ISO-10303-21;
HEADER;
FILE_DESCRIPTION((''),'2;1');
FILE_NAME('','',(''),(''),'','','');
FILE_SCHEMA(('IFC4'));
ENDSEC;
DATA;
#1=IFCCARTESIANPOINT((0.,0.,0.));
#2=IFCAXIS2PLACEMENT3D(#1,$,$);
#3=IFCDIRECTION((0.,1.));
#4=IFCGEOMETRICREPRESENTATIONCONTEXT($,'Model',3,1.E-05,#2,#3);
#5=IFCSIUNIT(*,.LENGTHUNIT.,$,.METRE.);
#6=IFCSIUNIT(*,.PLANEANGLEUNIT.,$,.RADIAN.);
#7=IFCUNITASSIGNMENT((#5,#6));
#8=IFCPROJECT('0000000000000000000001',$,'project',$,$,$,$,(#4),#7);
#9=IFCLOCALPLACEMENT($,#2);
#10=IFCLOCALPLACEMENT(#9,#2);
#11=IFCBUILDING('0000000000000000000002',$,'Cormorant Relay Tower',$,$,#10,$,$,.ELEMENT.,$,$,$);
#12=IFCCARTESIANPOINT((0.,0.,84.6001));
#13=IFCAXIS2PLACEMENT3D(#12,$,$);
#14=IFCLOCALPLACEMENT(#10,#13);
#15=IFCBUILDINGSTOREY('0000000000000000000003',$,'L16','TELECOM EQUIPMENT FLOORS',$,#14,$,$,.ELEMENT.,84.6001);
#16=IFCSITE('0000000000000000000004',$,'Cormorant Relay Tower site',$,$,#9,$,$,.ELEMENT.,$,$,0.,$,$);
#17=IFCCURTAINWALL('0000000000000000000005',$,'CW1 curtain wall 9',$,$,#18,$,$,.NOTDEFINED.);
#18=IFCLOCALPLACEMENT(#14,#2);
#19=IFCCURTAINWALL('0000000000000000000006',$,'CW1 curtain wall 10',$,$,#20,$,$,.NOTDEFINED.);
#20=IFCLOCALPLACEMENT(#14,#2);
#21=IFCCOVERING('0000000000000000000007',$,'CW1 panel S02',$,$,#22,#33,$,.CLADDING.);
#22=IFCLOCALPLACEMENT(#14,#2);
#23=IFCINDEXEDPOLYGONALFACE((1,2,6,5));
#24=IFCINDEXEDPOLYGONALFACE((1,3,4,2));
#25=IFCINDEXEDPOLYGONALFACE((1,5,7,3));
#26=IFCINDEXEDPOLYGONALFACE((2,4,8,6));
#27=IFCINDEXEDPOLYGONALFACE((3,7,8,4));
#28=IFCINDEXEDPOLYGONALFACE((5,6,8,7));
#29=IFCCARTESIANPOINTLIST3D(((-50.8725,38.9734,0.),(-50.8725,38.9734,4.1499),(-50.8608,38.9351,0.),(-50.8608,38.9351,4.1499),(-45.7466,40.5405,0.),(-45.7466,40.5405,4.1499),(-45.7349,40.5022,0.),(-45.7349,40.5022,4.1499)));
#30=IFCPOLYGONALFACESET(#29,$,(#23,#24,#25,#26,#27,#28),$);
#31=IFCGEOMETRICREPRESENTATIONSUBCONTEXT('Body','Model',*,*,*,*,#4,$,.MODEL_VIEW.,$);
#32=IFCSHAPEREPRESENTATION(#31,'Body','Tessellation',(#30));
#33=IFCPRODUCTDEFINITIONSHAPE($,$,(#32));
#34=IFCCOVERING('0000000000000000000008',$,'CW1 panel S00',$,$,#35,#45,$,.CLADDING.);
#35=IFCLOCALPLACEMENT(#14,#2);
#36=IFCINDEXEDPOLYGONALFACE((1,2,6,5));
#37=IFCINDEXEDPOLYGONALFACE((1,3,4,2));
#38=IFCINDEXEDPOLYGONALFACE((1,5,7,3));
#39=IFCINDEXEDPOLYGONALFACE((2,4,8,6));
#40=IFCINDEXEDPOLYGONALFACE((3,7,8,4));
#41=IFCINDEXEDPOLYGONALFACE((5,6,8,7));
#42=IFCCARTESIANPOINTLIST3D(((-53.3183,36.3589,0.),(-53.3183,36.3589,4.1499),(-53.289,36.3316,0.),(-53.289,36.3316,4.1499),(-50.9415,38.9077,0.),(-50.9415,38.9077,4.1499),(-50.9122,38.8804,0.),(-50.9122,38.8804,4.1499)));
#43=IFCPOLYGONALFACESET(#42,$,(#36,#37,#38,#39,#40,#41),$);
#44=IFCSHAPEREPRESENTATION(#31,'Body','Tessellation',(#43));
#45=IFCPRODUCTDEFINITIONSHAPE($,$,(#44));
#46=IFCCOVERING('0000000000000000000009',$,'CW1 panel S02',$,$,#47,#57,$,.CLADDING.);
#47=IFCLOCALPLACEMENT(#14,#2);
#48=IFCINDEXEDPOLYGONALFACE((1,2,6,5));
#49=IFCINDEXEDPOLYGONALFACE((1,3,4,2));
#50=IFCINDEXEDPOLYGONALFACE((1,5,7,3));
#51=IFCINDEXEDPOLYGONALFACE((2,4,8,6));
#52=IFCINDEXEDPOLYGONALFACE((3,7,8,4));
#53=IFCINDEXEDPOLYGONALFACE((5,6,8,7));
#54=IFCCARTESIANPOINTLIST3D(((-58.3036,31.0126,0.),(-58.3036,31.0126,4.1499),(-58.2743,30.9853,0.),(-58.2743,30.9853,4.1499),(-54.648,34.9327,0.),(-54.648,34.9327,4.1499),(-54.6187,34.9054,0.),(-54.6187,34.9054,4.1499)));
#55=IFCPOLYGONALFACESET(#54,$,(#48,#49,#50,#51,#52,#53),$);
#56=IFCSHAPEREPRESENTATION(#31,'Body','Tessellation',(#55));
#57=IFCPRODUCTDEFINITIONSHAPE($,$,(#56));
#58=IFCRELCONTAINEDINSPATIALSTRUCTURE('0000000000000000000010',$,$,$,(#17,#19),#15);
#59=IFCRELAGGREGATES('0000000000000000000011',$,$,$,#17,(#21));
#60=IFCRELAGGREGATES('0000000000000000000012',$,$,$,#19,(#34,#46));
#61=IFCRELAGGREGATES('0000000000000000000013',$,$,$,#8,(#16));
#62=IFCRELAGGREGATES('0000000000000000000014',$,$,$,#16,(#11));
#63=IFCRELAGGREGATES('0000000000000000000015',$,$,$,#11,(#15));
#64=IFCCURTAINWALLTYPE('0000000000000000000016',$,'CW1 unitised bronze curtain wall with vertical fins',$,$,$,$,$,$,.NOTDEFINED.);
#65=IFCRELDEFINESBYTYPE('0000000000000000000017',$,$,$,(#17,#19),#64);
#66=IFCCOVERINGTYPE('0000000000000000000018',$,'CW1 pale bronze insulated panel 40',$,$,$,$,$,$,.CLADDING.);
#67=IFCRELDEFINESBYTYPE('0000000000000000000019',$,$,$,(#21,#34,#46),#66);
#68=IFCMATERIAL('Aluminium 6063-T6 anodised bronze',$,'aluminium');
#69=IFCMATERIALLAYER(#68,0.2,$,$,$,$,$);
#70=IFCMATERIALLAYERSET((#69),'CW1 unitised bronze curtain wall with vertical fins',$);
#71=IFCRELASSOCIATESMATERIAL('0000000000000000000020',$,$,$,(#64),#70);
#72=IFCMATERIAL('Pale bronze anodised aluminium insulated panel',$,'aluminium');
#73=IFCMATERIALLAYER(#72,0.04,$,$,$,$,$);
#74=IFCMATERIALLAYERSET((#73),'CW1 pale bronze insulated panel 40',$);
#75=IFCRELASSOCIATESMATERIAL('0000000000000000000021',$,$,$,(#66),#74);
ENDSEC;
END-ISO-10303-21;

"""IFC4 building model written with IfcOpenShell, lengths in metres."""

from ifc_helpers import new_model, si_unit, direction, frame, origin, origin_2d, place, context, subcontext, project, spatial, rectangle, extrude, material, layer, layer_set, type_object, element, aggregate, save


model = new_model("IFC4")

# Units and contexts
model_context = context("Model", 3, precision=1e-05, world=origin(), true_north=direction((0.0, 1.0)))
body_context = subcontext(model_context, "Body", "Model", "MODEL_VIEW")
ifc_project = project(units=[si_unit("LENGTHUNIT", "METRE"), si_unit("PLANEANGLEUNIT", "RADIAN")], contexts=[model_context])

# Site, building, storey
site_placement = place(None, origin())
site = spatial("IfcSite", under=ifc_project, at=site_placement, Name="Cormorant Relay Tower site", CompositionType="ELEMENT", RefElevation=0.0)
building_placement = place(site_placement, origin())
building = spatial("IfcBuilding", under=site, at=building_placement, Name="Cormorant Relay Tower", CompositionType="ELEMENT")
storey_placement = place(building_placement, frame((0.0, 0.0, 84.6001)))
storey = spatial("IfcBuildingStorey", under=building, at=storey_placement, Name="L16", Description="TELECOM EQUIPMENT FLOORS", CompositionType="ELEMENT", Elevation=84.6001)

# Curtain walls
ifc_material_1 = material(Name="Aluminium 6063-T6 anodised bronze", Category="aluminium")
ifc_layer_1 = layer(ifc_material_1, 0.2)
ifc_layer_set_1 = layer_set([ifc_layer_1], Name="CW1 unitised bronze curtain wall with vertical fins")
curtain_wall_type = type_object("IfcCurtainWallType", Name="CW1 unitised bronze curtain wall with vertical fins", PredefinedType="NOTDEFINED", material=ifc_layer_set_1)
curtain_wall_1_placement = place(storey_placement, origin())
curtain_wall_1 = element("IfcCurtainWall", 1, at=curtain_wall_1_placement, inside=storey, type_object=curtain_wall_type, Name="CW1 curtain wall 9", PredefinedType="NOTDEFINED")
curtain_wall_2_placement = place(storey_placement, origin())
curtain_wall_2 = element("IfcCurtainWall", 2, at=curtain_wall_2_placement, inside=storey, type_object=curtain_wall_type, Name="CW1 curtain wall 10", PredefinedType="NOTDEFINED")

# Shared definitions
ifc_material_2 = material(Name="Pale bronze anodised aluminium insulated panel", Category="aluminium")
ifc_layer_2 = layer(ifc_material_2, 0.04)
ifc_layer_set_2 = layer_set([ifc_layer_2], Name="CW1 pale bronze insulated panel 40")
covering_type = type_object("IfcCoveringType", Name="CW1 pale bronze insulated panel 40", PredefinedType="CLADDING", material=ifc_layer_set_2)

# Coverings
covering_1_placement = place(storey_placement, frame((-48.3037, 39.7378, 0.0), z_axis=(0.0, 0.0, 1.0), x_axis=(-0.956305, -0.292372, 0.0)))
covering_1 = element("IfcCovering", 3, at=covering_1_placement, type_object=covering_type, Name="CW1 panel S02", PredefinedType="CLADDING", context=body_context, shape_type="SweptSolid", body=[
    extrude(rectangle(XDim=5.3601, YDim=0.04, at=origin_2d()), origin(), (0.0, 0.0, 1.0), 4.1499),
])
aggregate(curtain_wall_1, [covering_1])
covering_2_placement = place(storey_placement, frame((-52.1152, 37.6196, 0.0), z_axis=(0.0, 0.0, 1.0), x_axis=(-0.681998, -0.731354, 0.0)))
covering_2 = element("IfcCovering", 4, at=covering_2_placement, type_object=covering_type, Name="CW1 panel S00", PredefinedType="CLADDING", context=body_context, shape_type="SweptSolid", body=[
    extrude(rectangle(XDim=3.4851, YDim=0.04, at=origin_2d()), origin(), (0.0, 0.0, 1.0), 4.1499),
])
covering_3_placement = place(storey_placement, frame((-56.4612, 32.959, 0.0), z_axis=(0.0, 0.0, 1.0), x_axis=(-0.681998, -0.731354, 0.0)))
covering_3 = element("IfcCovering", 5, at=covering_3_placement, type_object=covering_type, Name="CW1 panel S02", PredefinedType="CLADDING", context=body_context, shape_type="SweptSolid", body=[
    extrude(rectangle(XDim=5.3601, YDim=0.04, at=origin_2d()), origin(), (0.0, 0.0, 1.0), 4.1499),
])
aggregate(curtain_wall_2, [covering_2, covering_3])

save(model, "model.ifc")
